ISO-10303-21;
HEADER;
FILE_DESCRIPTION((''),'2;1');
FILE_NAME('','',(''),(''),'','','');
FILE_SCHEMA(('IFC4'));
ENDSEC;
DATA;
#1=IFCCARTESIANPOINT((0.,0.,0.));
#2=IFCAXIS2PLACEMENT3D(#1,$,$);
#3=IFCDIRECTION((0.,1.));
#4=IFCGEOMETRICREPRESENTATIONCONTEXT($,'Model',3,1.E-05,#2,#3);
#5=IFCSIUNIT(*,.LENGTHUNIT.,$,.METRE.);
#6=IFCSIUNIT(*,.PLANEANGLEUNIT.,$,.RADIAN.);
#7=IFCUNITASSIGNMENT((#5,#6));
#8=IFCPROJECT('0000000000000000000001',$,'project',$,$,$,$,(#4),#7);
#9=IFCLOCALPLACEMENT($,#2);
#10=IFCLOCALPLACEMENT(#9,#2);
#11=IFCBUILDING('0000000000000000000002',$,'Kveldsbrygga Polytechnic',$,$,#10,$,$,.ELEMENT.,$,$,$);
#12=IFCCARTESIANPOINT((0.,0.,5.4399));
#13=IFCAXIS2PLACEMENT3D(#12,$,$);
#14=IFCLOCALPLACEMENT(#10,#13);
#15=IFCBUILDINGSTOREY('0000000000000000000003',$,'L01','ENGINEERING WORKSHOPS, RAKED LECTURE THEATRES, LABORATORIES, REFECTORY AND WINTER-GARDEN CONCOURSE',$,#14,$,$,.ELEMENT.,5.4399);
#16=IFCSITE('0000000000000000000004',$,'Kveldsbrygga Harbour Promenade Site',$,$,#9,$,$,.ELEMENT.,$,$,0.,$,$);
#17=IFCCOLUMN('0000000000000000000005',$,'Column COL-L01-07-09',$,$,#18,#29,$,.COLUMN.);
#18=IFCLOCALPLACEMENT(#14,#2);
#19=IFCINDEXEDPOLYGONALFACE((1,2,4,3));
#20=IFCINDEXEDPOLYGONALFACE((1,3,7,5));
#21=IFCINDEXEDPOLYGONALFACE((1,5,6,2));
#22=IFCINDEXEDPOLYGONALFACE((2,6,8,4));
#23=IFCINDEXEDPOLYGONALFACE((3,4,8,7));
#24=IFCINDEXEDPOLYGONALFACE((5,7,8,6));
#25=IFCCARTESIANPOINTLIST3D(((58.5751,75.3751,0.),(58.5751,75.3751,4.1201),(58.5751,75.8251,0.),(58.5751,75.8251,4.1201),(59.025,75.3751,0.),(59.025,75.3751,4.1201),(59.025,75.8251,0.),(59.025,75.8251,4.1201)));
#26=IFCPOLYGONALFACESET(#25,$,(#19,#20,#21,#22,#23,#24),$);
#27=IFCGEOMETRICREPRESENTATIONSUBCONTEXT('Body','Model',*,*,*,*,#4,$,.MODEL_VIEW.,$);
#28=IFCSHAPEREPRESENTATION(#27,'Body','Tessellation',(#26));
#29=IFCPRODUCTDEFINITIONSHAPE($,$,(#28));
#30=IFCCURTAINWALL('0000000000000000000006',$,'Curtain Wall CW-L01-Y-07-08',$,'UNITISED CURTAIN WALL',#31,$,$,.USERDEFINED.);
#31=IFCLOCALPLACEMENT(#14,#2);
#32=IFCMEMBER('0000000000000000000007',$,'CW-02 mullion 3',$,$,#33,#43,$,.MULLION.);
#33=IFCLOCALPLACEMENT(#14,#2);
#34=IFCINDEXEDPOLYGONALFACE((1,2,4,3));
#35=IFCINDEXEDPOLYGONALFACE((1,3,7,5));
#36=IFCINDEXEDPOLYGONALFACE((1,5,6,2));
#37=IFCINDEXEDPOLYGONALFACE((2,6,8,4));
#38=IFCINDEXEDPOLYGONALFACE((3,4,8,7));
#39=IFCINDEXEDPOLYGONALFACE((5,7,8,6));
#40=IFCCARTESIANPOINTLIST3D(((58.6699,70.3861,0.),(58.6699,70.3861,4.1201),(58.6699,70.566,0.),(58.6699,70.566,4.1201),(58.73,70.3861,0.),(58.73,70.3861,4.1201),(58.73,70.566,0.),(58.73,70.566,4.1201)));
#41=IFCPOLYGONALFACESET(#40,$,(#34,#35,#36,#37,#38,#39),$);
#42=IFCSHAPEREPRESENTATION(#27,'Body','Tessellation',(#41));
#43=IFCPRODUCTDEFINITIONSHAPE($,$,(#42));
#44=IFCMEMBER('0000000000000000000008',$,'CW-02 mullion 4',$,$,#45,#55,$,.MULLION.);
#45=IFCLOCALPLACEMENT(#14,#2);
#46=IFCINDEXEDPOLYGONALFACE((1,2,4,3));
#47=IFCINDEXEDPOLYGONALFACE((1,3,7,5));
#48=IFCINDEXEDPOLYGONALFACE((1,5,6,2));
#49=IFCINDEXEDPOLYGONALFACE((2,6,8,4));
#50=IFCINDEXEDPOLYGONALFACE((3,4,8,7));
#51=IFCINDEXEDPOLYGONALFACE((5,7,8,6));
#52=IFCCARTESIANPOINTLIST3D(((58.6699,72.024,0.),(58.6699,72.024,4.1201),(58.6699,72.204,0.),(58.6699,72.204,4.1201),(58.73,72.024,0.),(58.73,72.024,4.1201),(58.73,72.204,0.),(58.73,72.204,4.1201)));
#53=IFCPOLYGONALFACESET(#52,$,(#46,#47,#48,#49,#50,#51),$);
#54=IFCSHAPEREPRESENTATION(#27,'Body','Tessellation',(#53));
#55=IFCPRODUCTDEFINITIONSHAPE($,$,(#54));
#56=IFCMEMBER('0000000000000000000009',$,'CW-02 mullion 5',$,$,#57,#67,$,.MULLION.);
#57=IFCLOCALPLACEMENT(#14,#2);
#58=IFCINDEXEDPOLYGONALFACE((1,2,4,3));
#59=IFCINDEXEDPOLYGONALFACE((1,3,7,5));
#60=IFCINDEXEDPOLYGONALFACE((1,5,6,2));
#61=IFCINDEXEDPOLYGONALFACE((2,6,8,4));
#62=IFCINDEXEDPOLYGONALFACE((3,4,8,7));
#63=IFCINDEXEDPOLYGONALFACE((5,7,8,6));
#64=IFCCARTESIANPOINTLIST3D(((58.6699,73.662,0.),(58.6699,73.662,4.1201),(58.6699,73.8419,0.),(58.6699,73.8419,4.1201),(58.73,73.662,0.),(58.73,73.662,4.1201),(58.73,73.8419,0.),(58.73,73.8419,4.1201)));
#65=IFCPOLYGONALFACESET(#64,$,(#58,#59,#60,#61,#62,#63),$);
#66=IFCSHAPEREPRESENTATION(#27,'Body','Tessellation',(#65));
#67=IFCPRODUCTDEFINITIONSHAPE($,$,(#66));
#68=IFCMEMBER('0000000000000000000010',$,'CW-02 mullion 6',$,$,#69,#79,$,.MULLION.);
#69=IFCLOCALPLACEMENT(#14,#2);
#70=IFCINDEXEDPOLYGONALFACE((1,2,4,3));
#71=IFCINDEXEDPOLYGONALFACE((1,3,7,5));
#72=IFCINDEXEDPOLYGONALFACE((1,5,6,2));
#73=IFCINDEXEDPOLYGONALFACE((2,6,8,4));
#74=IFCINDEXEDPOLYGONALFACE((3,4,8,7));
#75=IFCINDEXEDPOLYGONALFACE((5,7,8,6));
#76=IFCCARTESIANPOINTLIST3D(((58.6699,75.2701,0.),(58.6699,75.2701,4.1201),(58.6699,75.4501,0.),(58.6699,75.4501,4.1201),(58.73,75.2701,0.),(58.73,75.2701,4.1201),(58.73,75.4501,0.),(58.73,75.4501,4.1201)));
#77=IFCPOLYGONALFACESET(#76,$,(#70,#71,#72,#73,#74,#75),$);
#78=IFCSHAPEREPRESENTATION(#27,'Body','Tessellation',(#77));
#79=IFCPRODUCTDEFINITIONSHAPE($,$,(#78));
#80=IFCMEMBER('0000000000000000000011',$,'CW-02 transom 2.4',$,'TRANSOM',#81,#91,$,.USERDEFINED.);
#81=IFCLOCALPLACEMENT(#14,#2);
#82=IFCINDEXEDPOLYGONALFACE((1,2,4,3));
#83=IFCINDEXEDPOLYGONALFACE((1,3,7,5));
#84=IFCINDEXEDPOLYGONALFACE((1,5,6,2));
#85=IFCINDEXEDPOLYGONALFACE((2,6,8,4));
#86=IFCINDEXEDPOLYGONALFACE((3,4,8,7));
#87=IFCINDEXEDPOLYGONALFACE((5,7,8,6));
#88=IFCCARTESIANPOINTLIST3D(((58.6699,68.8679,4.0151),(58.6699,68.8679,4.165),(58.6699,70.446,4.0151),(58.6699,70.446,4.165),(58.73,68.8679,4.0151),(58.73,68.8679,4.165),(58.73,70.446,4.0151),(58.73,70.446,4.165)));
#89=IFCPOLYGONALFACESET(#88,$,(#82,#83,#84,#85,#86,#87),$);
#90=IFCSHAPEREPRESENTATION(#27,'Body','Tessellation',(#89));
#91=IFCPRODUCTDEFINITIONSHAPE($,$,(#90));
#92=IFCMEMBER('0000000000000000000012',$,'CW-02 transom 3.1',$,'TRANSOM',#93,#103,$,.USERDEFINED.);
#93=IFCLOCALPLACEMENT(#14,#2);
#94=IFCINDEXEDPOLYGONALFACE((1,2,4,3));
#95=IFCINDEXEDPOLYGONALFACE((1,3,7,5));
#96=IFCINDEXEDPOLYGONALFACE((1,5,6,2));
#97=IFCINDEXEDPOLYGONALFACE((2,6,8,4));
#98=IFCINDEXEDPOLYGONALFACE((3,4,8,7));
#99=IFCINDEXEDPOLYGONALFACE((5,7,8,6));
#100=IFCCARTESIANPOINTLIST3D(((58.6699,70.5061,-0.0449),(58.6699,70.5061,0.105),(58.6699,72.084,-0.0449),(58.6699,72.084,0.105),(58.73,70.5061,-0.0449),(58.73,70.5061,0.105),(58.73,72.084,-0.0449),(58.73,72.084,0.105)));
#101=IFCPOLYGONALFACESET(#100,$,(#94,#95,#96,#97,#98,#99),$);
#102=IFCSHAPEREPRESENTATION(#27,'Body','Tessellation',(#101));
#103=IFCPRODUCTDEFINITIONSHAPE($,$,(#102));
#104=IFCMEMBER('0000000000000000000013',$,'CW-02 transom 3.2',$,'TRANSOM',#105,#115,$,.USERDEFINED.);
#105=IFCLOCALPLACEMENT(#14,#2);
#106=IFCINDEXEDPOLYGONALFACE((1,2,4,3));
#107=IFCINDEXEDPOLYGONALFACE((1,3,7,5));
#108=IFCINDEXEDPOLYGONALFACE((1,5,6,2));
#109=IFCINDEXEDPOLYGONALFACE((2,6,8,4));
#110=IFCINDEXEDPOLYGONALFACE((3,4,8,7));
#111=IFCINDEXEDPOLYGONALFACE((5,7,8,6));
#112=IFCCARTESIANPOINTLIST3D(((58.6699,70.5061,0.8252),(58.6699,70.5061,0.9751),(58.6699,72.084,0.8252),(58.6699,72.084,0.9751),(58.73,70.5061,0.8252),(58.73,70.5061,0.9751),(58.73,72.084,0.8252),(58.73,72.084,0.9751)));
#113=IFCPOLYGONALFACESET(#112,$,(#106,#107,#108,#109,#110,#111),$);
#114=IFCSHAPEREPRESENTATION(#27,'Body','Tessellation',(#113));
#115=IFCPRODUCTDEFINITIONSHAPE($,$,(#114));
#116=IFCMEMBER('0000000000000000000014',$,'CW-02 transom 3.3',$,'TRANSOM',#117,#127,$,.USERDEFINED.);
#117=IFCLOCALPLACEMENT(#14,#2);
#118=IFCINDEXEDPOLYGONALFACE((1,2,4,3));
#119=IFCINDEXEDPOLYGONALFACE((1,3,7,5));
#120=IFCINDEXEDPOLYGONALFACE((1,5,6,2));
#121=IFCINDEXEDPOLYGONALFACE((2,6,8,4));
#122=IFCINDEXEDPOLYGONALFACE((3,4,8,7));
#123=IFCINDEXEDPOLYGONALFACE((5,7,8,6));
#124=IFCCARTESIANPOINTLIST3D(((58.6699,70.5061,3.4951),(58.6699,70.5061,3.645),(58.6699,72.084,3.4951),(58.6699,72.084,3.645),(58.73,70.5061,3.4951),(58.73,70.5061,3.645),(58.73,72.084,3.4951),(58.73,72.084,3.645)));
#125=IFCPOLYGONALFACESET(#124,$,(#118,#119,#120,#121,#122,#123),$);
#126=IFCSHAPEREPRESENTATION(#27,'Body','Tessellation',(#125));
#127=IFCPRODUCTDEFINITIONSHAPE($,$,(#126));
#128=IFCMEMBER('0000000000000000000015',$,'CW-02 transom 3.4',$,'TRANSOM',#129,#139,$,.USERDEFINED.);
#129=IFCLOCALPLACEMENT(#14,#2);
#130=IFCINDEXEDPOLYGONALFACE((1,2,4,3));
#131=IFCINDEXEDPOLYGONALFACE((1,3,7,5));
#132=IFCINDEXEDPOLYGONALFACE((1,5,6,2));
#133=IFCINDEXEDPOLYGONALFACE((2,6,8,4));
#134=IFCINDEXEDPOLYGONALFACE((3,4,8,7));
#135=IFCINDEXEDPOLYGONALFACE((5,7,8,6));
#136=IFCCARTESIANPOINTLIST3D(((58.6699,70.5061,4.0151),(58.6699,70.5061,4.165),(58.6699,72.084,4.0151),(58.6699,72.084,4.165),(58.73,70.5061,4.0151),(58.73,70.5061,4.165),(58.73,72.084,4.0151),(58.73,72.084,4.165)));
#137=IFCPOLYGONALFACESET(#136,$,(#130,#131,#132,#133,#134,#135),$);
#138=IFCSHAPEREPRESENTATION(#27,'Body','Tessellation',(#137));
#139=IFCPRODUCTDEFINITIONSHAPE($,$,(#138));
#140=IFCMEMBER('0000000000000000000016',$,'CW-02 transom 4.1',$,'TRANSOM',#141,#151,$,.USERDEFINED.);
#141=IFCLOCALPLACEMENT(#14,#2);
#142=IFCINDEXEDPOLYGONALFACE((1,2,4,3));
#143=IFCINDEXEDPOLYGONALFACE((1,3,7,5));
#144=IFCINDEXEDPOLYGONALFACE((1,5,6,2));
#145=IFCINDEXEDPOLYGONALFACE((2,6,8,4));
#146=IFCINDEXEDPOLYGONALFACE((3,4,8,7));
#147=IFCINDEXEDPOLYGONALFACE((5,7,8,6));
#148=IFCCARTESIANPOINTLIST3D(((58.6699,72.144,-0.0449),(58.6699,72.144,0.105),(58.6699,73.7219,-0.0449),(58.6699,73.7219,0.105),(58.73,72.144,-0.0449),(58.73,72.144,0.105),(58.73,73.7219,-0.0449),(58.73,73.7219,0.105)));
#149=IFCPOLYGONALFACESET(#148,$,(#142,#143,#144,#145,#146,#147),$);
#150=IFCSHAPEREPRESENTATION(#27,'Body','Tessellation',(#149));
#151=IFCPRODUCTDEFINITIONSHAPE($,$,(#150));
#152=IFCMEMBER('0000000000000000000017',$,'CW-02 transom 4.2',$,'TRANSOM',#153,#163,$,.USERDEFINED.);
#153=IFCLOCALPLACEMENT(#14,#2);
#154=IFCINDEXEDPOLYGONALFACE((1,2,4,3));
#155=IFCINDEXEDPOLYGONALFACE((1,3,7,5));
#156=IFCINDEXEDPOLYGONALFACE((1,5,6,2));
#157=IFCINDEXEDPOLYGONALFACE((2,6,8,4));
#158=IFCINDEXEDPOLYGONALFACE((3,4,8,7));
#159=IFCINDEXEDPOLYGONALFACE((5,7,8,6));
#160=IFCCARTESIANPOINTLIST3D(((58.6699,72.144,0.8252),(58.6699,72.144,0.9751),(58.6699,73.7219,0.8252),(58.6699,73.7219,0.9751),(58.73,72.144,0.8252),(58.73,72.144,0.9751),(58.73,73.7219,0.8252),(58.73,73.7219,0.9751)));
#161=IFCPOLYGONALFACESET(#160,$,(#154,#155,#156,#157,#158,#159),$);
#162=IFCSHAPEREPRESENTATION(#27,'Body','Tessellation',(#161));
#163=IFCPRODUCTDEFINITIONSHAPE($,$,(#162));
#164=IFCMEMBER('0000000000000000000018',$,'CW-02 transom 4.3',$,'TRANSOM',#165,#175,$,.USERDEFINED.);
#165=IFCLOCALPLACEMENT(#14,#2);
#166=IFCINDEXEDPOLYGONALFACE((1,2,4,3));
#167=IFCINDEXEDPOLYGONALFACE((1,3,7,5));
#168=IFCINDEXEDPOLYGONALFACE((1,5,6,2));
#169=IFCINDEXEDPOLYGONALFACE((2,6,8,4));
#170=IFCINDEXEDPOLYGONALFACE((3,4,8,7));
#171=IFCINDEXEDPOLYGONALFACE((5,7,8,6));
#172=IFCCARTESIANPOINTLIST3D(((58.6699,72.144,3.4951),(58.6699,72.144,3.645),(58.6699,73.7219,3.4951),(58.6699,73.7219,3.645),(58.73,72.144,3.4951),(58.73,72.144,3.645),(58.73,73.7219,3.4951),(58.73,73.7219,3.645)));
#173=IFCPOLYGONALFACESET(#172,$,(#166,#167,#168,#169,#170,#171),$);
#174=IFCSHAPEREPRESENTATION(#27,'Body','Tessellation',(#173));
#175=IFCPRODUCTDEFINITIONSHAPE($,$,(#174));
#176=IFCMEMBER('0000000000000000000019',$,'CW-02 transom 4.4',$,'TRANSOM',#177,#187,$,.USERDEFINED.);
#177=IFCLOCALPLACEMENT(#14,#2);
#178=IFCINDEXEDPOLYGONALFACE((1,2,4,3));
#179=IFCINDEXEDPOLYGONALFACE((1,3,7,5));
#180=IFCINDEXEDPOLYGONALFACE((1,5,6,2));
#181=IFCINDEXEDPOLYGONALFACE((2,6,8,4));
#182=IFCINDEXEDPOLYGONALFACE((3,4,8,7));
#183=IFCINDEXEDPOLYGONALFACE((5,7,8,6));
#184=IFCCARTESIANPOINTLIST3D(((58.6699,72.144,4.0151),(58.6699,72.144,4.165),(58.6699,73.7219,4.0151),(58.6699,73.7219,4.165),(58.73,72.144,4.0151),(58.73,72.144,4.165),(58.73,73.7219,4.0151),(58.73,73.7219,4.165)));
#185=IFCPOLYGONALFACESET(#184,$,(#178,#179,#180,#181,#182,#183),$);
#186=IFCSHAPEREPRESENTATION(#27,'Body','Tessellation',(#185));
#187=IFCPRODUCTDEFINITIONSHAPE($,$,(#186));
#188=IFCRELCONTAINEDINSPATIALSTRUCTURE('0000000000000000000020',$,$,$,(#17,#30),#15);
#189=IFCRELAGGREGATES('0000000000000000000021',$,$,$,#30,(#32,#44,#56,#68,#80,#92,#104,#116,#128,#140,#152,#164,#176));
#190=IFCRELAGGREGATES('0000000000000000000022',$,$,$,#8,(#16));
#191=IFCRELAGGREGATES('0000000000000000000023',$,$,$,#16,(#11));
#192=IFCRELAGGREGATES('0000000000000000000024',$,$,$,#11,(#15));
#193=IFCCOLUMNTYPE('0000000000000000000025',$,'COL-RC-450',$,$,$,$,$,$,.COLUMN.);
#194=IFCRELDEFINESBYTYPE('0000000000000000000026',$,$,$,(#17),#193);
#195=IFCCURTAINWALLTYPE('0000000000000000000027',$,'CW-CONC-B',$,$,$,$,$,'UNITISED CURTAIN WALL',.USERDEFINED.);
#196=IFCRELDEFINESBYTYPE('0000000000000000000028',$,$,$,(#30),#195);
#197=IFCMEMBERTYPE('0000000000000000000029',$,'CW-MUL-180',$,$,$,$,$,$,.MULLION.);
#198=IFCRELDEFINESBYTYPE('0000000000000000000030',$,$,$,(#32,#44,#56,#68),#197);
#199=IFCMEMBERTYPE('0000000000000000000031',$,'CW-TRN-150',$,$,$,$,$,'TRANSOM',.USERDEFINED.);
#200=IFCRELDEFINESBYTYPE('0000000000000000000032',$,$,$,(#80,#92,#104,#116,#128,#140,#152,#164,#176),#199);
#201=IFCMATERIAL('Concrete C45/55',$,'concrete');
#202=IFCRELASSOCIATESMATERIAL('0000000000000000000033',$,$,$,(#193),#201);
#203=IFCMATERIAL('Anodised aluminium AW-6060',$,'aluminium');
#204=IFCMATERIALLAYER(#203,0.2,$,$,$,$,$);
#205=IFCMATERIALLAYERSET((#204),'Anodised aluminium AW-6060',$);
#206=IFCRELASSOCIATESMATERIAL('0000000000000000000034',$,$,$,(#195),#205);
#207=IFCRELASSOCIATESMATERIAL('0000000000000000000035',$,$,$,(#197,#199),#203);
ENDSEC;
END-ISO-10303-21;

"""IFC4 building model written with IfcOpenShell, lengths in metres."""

from ifc_helpers import new_model, si_unit, direction, frame, origin, origin_2d, place, context, subcontext, project, spatial, rectangle, extrude, material, layer, layer_set, material_profile, profile_set, type_object, element, aggregate, save


model = new_model("IFC4")

# Units and contexts
model_context = context("Model", 3, precision=1e-05, world=origin(), true_north=direction((0.0, 1.0)))
body_context = subcontext(model_context, "Body", "Model", "MODEL_VIEW")
ifc_project = project(units=[si_unit("LENGTHUNIT", "METRE"), si_unit("PLANEANGLEUNIT", "RADIAN")], contexts=[model_context])

# Site, building, storey
site_placement = place(None, origin())
site = spatial("IfcSite", under=ifc_project, at=site_placement, Name="Kveldsbrygga Harbour Promenade Site", CompositionType="ELEMENT", RefElevation=0.0)
building_placement = place(site_placement, origin())
building = spatial("IfcBuilding", under=site, at=building_placement, Name="Kveldsbrygga Polytechnic", CompositionType="ELEMENT")
storey_placement = place(building_placement, frame((0.0, 0.0, 5.4399)))
storey = spatial("IfcBuildingStorey", under=building, at=storey_placement, Name="L01", Description="ENGINEERING WORKSHOPS, RAKED LECTURE THEATRES, LABORATORIES, REFECTORY AND WINTER-GARDEN CONCOURSE", CompositionType="ELEMENT", Elevation=5.4399)

# Column
ifc_material_1 = material(Name="Concrete C45/55", Category="concrete")
ifc_material_profile_1 = material_profile(ifc_material_1, rectangle(XDim=0.45, YDim=0.45, at=origin_2d()), Name="RC 450x450")
ifc_profile_set_1 = profile_set([ifc_material_profile_1], Name="Concrete C45/55")
column_type = type_object("IfcColumnType", Name="COL-RC-450", PredefinedType="COLUMN", material=ifc_profile_set_1)
column_placement = place(storey_placement, frame((58.8, 75.6001, 0.0), z_axis=(0.0, 0.0, 1.0), x_axis=(1.0, 0.0, 0.0)))
element("IfcColumn", 1, at=column_placement, inside=storey, type_object=column_type, Name="Column COL-L01-07-09", PredefinedType="COLUMN", context=body_context, shape_type="SweptSolid", body=[
    extrude(rectangle(XDim=0.45, YDim=0.45, at=origin_2d()), origin(), (0.0, 0.0, 1.0), 4.1201),
])

# Curtain wall, members
ifc_material_2 = material(Name="Anodised aluminium AW-6060", Category="aluminium")
ifc_layer_1 = layer(ifc_material_2, 0.2)
ifc_layer_set_1 = layer_set([ifc_layer_1], Name="Anodised aluminium AW-6060")
curtain_wall_type = type_object("IfcCurtainWallType", Name="CW-CONC-B", ElementType="UNITISED CURTAIN WALL", PredefinedType="USERDEFINED", material=ifc_layer_set_1)
curtain_wall_placement = place(storey_placement, origin())
curtain_wall = element("IfcCurtainWall", 2, at=curtain_wall_placement, inside=storey, type_object=curtain_wall_type, Name="Curtain Wall CW-L01-Y-07-08", ObjectType="UNITISED CURTAIN WALL", PredefinedType="USERDEFINED")
ifc_material_profile_2 = material_profile(ifc_material_2, rectangle(XDim=0.0601, YDim=0.1799, at=origin_2d()), Name="ALU 60x180")
ifc_profile_set_2 = profile_set([ifc_material_profile_2], Name="Anodised aluminium AW-6060")
member_type_1 = type_object("IfcMemberType", Name="CW-MUL-180", PredefinedType="MULLION", material=ifc_profile_set_2)
member_1_placement = place(storey_placement, frame((58.7, 70.4761, 0.0), z_axis=(0.0, 0.0, 1.0), x_axis=(-1.0, 0.0, 0.0)))
member_1 = element("IfcMember", 3, at=member_1_placement, type_object=member_type_1, Name="CW-02 mullion 3", PredefinedType="MULLION", context=body_context, shape_type="SweptSolid", body=[
    extrude(rectangle(XDim=0.0601, YDim=0.1799, at=origin_2d()), origin(), (0.0, 0.0, 1.0), 4.1201),
])
member_2_placement = place(storey_placement, frame((58.7, 72.114, 0.0), z_axis=(0.0, 0.0, 1.0), x_axis=(-1.0, 0.0, 0.0)))
member_2 = element("IfcMember", 4, at=member_2_placement, type_object=member_type_1, Name="CW-02 mullion 4", PredefinedType="MULLION", context=body_context, shape_type="SweptSolid", body=[
    extrude(rectangle(XDim=0.0601, YDim=0.1799, at=origin_2d()), origin(), (0.0, 0.0, 1.0), 4.1201),
])
member_3_placement = place(storey_placement, frame((58.7, 73.752, 0.0), z_axis=(0.0, 0.0, 1.0), x_axis=(-1.0, 0.0, 0.0)))
member_3 = element("IfcMember", 5, at=member_3_placement, type_object=member_type_1, Name="CW-02 mullion 5", PredefinedType="MULLION", context=body_context, shape_type="SweptSolid", body=[
    extrude(rectangle(XDim=0.0601, YDim=0.1799, at=origin_2d()), origin(), (0.0, 0.0, 1.0), 4.1201),
])
member_4_placement = place(storey_placement, frame((58.7, 75.3601, 0.0), z_axis=(0.0, 0.0, 1.0), x_axis=(-1.0, 0.0, 0.0)))
member_4 = element("IfcMember", 6, at=member_4_placement, type_object=member_type_1, Name="CW-02 mullion 6", PredefinedType="MULLION", context=body_context, shape_type="SweptSolid", body=[
    extrude(rectangle(XDim=0.0601, YDim=0.1799, at=origin_2d()), origin(), (0.0, 0.0, 1.0), 4.1201),
])
ifc_material_profile_3 = material_profile(ifc_material_2, rectangle(XDim=0.0601, YDim=0.1499, at=origin_2d()), Name="ALU 60x150")
ifc_profile_set_3 = profile_set([ifc_material_profile_3], Name="Anodised aluminium AW-6060")
member_type_2 = type_object("IfcMemberType", Name="CW-TRN-150", ElementType="TRANSOM", PredefinedType="USERDEFINED", material=ifc_profile_set_3)
member_5_placement = place(storey_placement, frame((58.7, 68.8679, 4.0901), z_axis=(0.0, 1.0, 0.0), x_axis=(-1.0, 0.0, 0.0)))
member_5 = element("IfcMember", 7, at=member_5_placement, type_object=member_type_2, Name="CW-02 transom 2.4", ObjectType="TRANSOM", PredefinedType="USERDEFINED", context=body_context, shape_type="SweptSolid", body=[
    extrude(rectangle(XDim=0.0601, YDim=0.1499, at=origin_2d()), origin(), (0.0, 0.0, 1.0), 1.5781),
])
member_6_placement = place(storey_placement, frame((58.7, 70.5061, 0.03), z_axis=(0.0, 1.0, 0.0), x_axis=(-1.0, 0.0, 0.0)))
member_6 = element("IfcMember", 8, at=member_6_placement, type_object=member_type_2, Name="CW-02 transom 3.1", ObjectType="TRANSOM", PredefinedType="USERDEFINED", context=body_context, shape_type="SweptSolid", body=[
    extrude(rectangle(XDim=0.0601, YDim=0.1499, at=origin_2d()), origin(), (0.0, 0.0, 1.0), 1.5779),
])
member_7_placement = place(storey_placement, frame((58.7, 70.5061, 0.9001), z_axis=(0.0, 1.0, 0.0), x_axis=(-1.0, 0.0, 0.0)))
member_7 = element("IfcMember", 9, at=member_7_placement, type_object=member_type_2, Name="CW-02 transom 3.2", ObjectType="TRANSOM", PredefinedType="USERDEFINED", context=body_context, shape_type="SweptSolid", body=[
    extrude(rectangle(XDim=0.0601, YDim=0.1499, at=origin_2d()), origin(), (0.0, 0.0, 1.0), 1.5779),
])
member_8_placement = place(storey_placement, frame((58.7, 70.5061, 3.5701), z_axis=(0.0, 1.0, 0.0), x_axis=(-1.0, 0.0, 0.0)))
member_8 = element("IfcMember", 10, at=member_8_placement, type_object=member_type_2, Name="CW-02 transom 3.3", ObjectType="TRANSOM", PredefinedType="USERDEFINED", context=body_context, shape_type="SweptSolid", body=[
    extrude(rectangle(XDim=0.0601, YDim=0.1499, at=origin_2d()), origin(), (0.0, 0.0, 1.0), 1.5779),
])
member_9_placement = place(storey_placement, frame((58.7, 70.5061, 4.0901), z_axis=(0.0, 1.0, 0.0), x_axis=(-1.0, 0.0, 0.0)))
member_9 = element("IfcMember", 11, at=member_9_placement, type_object=member_type_2, Name="CW-02 transom 3.4", ObjectType="TRANSOM", PredefinedType="USERDEFINED", context=body_context, shape_type="SweptSolid", body=[
    extrude(rectangle(XDim=0.0601, YDim=0.1499, at=origin_2d()), origin(), (0.0, 0.0, 1.0), 1.5779),
])
member_10_placement = place(storey_placement, frame((58.7, 72.144, 0.03), z_axis=(0.0, 1.0, 0.0), x_axis=(-1.0, 0.0, 0.0)))
member_10 = element("IfcMember", 12, at=member_10_placement, type_object=member_type_2, Name="CW-02 transom 4.1", ObjectType="TRANSOM", PredefinedType="USERDEFINED", context=body_context, shape_type="SweptSolid", body=[
    extrude(rectangle(XDim=0.0601, YDim=0.1499, at=origin_2d()), origin(), (0.0, 0.0, 1.0), 1.5779),
])
member_11_placement = place(storey_placement, frame((58.7, 72.144, 0.9001), z_axis=(0.0, 1.0, 0.0), x_axis=(-1.0, 0.0, 0.0)))
member_11 = element("IfcMember", 13, at=member_11_placement, type_object=member_type_2, Name="CW-02 transom 4.2", ObjectType="TRANSOM", PredefinedType="USERDEFINED", context=body_context, shape_type="SweptSolid", body=[
    extrude(rectangle(XDim=0.0601, YDim=0.1499, at=origin_2d()), origin(), (0.0, 0.0, 1.0), 1.5779),
])
member_12_placement = place(storey_placement, frame((58.7, 72.144, 3.5701), z_axis=(0.0, 1.0, 0.0), x_axis=(-1.0, 0.0, 0.0)))
member_12 = element("IfcMember", 14, at=member_12_placement, type_object=member_type_2, Name="CW-02 transom 4.3", ObjectType="TRANSOM", PredefinedType="USERDEFINED", context=body_context, shape_type="SweptSolid", body=[
    extrude(rectangle(XDim=0.0601, YDim=0.1499, at=origin_2d()), origin(), (0.0, 0.0, 1.0), 1.5779),
])
member_13_placement = place(storey_placement, frame((58.7, 72.144, 4.0901), z_axis=(0.0, 1.0, 0.0), x_axis=(-1.0, 0.0, 0.0)))
member_13 = element("IfcMember", 15, at=member_13_placement, type_object=member_type_2, Name="CW-02 transom 4.4", ObjectType="TRANSOM", PredefinedType="USERDEFINED", context=body_context, shape_type="SweptSolid", body=[
    extrude(rectangle(XDim=0.0601, YDim=0.1499, at=origin_2d()), origin(), (0.0, 0.0, 1.0), 1.5779),
])

aggregate(curtain_wall, [member_1, member_2, member_3, member_4, member_5, member_6, member_7, member_8, member_9, member_10, member_11, member_12, member_13])

save(model, "model.ifc")
